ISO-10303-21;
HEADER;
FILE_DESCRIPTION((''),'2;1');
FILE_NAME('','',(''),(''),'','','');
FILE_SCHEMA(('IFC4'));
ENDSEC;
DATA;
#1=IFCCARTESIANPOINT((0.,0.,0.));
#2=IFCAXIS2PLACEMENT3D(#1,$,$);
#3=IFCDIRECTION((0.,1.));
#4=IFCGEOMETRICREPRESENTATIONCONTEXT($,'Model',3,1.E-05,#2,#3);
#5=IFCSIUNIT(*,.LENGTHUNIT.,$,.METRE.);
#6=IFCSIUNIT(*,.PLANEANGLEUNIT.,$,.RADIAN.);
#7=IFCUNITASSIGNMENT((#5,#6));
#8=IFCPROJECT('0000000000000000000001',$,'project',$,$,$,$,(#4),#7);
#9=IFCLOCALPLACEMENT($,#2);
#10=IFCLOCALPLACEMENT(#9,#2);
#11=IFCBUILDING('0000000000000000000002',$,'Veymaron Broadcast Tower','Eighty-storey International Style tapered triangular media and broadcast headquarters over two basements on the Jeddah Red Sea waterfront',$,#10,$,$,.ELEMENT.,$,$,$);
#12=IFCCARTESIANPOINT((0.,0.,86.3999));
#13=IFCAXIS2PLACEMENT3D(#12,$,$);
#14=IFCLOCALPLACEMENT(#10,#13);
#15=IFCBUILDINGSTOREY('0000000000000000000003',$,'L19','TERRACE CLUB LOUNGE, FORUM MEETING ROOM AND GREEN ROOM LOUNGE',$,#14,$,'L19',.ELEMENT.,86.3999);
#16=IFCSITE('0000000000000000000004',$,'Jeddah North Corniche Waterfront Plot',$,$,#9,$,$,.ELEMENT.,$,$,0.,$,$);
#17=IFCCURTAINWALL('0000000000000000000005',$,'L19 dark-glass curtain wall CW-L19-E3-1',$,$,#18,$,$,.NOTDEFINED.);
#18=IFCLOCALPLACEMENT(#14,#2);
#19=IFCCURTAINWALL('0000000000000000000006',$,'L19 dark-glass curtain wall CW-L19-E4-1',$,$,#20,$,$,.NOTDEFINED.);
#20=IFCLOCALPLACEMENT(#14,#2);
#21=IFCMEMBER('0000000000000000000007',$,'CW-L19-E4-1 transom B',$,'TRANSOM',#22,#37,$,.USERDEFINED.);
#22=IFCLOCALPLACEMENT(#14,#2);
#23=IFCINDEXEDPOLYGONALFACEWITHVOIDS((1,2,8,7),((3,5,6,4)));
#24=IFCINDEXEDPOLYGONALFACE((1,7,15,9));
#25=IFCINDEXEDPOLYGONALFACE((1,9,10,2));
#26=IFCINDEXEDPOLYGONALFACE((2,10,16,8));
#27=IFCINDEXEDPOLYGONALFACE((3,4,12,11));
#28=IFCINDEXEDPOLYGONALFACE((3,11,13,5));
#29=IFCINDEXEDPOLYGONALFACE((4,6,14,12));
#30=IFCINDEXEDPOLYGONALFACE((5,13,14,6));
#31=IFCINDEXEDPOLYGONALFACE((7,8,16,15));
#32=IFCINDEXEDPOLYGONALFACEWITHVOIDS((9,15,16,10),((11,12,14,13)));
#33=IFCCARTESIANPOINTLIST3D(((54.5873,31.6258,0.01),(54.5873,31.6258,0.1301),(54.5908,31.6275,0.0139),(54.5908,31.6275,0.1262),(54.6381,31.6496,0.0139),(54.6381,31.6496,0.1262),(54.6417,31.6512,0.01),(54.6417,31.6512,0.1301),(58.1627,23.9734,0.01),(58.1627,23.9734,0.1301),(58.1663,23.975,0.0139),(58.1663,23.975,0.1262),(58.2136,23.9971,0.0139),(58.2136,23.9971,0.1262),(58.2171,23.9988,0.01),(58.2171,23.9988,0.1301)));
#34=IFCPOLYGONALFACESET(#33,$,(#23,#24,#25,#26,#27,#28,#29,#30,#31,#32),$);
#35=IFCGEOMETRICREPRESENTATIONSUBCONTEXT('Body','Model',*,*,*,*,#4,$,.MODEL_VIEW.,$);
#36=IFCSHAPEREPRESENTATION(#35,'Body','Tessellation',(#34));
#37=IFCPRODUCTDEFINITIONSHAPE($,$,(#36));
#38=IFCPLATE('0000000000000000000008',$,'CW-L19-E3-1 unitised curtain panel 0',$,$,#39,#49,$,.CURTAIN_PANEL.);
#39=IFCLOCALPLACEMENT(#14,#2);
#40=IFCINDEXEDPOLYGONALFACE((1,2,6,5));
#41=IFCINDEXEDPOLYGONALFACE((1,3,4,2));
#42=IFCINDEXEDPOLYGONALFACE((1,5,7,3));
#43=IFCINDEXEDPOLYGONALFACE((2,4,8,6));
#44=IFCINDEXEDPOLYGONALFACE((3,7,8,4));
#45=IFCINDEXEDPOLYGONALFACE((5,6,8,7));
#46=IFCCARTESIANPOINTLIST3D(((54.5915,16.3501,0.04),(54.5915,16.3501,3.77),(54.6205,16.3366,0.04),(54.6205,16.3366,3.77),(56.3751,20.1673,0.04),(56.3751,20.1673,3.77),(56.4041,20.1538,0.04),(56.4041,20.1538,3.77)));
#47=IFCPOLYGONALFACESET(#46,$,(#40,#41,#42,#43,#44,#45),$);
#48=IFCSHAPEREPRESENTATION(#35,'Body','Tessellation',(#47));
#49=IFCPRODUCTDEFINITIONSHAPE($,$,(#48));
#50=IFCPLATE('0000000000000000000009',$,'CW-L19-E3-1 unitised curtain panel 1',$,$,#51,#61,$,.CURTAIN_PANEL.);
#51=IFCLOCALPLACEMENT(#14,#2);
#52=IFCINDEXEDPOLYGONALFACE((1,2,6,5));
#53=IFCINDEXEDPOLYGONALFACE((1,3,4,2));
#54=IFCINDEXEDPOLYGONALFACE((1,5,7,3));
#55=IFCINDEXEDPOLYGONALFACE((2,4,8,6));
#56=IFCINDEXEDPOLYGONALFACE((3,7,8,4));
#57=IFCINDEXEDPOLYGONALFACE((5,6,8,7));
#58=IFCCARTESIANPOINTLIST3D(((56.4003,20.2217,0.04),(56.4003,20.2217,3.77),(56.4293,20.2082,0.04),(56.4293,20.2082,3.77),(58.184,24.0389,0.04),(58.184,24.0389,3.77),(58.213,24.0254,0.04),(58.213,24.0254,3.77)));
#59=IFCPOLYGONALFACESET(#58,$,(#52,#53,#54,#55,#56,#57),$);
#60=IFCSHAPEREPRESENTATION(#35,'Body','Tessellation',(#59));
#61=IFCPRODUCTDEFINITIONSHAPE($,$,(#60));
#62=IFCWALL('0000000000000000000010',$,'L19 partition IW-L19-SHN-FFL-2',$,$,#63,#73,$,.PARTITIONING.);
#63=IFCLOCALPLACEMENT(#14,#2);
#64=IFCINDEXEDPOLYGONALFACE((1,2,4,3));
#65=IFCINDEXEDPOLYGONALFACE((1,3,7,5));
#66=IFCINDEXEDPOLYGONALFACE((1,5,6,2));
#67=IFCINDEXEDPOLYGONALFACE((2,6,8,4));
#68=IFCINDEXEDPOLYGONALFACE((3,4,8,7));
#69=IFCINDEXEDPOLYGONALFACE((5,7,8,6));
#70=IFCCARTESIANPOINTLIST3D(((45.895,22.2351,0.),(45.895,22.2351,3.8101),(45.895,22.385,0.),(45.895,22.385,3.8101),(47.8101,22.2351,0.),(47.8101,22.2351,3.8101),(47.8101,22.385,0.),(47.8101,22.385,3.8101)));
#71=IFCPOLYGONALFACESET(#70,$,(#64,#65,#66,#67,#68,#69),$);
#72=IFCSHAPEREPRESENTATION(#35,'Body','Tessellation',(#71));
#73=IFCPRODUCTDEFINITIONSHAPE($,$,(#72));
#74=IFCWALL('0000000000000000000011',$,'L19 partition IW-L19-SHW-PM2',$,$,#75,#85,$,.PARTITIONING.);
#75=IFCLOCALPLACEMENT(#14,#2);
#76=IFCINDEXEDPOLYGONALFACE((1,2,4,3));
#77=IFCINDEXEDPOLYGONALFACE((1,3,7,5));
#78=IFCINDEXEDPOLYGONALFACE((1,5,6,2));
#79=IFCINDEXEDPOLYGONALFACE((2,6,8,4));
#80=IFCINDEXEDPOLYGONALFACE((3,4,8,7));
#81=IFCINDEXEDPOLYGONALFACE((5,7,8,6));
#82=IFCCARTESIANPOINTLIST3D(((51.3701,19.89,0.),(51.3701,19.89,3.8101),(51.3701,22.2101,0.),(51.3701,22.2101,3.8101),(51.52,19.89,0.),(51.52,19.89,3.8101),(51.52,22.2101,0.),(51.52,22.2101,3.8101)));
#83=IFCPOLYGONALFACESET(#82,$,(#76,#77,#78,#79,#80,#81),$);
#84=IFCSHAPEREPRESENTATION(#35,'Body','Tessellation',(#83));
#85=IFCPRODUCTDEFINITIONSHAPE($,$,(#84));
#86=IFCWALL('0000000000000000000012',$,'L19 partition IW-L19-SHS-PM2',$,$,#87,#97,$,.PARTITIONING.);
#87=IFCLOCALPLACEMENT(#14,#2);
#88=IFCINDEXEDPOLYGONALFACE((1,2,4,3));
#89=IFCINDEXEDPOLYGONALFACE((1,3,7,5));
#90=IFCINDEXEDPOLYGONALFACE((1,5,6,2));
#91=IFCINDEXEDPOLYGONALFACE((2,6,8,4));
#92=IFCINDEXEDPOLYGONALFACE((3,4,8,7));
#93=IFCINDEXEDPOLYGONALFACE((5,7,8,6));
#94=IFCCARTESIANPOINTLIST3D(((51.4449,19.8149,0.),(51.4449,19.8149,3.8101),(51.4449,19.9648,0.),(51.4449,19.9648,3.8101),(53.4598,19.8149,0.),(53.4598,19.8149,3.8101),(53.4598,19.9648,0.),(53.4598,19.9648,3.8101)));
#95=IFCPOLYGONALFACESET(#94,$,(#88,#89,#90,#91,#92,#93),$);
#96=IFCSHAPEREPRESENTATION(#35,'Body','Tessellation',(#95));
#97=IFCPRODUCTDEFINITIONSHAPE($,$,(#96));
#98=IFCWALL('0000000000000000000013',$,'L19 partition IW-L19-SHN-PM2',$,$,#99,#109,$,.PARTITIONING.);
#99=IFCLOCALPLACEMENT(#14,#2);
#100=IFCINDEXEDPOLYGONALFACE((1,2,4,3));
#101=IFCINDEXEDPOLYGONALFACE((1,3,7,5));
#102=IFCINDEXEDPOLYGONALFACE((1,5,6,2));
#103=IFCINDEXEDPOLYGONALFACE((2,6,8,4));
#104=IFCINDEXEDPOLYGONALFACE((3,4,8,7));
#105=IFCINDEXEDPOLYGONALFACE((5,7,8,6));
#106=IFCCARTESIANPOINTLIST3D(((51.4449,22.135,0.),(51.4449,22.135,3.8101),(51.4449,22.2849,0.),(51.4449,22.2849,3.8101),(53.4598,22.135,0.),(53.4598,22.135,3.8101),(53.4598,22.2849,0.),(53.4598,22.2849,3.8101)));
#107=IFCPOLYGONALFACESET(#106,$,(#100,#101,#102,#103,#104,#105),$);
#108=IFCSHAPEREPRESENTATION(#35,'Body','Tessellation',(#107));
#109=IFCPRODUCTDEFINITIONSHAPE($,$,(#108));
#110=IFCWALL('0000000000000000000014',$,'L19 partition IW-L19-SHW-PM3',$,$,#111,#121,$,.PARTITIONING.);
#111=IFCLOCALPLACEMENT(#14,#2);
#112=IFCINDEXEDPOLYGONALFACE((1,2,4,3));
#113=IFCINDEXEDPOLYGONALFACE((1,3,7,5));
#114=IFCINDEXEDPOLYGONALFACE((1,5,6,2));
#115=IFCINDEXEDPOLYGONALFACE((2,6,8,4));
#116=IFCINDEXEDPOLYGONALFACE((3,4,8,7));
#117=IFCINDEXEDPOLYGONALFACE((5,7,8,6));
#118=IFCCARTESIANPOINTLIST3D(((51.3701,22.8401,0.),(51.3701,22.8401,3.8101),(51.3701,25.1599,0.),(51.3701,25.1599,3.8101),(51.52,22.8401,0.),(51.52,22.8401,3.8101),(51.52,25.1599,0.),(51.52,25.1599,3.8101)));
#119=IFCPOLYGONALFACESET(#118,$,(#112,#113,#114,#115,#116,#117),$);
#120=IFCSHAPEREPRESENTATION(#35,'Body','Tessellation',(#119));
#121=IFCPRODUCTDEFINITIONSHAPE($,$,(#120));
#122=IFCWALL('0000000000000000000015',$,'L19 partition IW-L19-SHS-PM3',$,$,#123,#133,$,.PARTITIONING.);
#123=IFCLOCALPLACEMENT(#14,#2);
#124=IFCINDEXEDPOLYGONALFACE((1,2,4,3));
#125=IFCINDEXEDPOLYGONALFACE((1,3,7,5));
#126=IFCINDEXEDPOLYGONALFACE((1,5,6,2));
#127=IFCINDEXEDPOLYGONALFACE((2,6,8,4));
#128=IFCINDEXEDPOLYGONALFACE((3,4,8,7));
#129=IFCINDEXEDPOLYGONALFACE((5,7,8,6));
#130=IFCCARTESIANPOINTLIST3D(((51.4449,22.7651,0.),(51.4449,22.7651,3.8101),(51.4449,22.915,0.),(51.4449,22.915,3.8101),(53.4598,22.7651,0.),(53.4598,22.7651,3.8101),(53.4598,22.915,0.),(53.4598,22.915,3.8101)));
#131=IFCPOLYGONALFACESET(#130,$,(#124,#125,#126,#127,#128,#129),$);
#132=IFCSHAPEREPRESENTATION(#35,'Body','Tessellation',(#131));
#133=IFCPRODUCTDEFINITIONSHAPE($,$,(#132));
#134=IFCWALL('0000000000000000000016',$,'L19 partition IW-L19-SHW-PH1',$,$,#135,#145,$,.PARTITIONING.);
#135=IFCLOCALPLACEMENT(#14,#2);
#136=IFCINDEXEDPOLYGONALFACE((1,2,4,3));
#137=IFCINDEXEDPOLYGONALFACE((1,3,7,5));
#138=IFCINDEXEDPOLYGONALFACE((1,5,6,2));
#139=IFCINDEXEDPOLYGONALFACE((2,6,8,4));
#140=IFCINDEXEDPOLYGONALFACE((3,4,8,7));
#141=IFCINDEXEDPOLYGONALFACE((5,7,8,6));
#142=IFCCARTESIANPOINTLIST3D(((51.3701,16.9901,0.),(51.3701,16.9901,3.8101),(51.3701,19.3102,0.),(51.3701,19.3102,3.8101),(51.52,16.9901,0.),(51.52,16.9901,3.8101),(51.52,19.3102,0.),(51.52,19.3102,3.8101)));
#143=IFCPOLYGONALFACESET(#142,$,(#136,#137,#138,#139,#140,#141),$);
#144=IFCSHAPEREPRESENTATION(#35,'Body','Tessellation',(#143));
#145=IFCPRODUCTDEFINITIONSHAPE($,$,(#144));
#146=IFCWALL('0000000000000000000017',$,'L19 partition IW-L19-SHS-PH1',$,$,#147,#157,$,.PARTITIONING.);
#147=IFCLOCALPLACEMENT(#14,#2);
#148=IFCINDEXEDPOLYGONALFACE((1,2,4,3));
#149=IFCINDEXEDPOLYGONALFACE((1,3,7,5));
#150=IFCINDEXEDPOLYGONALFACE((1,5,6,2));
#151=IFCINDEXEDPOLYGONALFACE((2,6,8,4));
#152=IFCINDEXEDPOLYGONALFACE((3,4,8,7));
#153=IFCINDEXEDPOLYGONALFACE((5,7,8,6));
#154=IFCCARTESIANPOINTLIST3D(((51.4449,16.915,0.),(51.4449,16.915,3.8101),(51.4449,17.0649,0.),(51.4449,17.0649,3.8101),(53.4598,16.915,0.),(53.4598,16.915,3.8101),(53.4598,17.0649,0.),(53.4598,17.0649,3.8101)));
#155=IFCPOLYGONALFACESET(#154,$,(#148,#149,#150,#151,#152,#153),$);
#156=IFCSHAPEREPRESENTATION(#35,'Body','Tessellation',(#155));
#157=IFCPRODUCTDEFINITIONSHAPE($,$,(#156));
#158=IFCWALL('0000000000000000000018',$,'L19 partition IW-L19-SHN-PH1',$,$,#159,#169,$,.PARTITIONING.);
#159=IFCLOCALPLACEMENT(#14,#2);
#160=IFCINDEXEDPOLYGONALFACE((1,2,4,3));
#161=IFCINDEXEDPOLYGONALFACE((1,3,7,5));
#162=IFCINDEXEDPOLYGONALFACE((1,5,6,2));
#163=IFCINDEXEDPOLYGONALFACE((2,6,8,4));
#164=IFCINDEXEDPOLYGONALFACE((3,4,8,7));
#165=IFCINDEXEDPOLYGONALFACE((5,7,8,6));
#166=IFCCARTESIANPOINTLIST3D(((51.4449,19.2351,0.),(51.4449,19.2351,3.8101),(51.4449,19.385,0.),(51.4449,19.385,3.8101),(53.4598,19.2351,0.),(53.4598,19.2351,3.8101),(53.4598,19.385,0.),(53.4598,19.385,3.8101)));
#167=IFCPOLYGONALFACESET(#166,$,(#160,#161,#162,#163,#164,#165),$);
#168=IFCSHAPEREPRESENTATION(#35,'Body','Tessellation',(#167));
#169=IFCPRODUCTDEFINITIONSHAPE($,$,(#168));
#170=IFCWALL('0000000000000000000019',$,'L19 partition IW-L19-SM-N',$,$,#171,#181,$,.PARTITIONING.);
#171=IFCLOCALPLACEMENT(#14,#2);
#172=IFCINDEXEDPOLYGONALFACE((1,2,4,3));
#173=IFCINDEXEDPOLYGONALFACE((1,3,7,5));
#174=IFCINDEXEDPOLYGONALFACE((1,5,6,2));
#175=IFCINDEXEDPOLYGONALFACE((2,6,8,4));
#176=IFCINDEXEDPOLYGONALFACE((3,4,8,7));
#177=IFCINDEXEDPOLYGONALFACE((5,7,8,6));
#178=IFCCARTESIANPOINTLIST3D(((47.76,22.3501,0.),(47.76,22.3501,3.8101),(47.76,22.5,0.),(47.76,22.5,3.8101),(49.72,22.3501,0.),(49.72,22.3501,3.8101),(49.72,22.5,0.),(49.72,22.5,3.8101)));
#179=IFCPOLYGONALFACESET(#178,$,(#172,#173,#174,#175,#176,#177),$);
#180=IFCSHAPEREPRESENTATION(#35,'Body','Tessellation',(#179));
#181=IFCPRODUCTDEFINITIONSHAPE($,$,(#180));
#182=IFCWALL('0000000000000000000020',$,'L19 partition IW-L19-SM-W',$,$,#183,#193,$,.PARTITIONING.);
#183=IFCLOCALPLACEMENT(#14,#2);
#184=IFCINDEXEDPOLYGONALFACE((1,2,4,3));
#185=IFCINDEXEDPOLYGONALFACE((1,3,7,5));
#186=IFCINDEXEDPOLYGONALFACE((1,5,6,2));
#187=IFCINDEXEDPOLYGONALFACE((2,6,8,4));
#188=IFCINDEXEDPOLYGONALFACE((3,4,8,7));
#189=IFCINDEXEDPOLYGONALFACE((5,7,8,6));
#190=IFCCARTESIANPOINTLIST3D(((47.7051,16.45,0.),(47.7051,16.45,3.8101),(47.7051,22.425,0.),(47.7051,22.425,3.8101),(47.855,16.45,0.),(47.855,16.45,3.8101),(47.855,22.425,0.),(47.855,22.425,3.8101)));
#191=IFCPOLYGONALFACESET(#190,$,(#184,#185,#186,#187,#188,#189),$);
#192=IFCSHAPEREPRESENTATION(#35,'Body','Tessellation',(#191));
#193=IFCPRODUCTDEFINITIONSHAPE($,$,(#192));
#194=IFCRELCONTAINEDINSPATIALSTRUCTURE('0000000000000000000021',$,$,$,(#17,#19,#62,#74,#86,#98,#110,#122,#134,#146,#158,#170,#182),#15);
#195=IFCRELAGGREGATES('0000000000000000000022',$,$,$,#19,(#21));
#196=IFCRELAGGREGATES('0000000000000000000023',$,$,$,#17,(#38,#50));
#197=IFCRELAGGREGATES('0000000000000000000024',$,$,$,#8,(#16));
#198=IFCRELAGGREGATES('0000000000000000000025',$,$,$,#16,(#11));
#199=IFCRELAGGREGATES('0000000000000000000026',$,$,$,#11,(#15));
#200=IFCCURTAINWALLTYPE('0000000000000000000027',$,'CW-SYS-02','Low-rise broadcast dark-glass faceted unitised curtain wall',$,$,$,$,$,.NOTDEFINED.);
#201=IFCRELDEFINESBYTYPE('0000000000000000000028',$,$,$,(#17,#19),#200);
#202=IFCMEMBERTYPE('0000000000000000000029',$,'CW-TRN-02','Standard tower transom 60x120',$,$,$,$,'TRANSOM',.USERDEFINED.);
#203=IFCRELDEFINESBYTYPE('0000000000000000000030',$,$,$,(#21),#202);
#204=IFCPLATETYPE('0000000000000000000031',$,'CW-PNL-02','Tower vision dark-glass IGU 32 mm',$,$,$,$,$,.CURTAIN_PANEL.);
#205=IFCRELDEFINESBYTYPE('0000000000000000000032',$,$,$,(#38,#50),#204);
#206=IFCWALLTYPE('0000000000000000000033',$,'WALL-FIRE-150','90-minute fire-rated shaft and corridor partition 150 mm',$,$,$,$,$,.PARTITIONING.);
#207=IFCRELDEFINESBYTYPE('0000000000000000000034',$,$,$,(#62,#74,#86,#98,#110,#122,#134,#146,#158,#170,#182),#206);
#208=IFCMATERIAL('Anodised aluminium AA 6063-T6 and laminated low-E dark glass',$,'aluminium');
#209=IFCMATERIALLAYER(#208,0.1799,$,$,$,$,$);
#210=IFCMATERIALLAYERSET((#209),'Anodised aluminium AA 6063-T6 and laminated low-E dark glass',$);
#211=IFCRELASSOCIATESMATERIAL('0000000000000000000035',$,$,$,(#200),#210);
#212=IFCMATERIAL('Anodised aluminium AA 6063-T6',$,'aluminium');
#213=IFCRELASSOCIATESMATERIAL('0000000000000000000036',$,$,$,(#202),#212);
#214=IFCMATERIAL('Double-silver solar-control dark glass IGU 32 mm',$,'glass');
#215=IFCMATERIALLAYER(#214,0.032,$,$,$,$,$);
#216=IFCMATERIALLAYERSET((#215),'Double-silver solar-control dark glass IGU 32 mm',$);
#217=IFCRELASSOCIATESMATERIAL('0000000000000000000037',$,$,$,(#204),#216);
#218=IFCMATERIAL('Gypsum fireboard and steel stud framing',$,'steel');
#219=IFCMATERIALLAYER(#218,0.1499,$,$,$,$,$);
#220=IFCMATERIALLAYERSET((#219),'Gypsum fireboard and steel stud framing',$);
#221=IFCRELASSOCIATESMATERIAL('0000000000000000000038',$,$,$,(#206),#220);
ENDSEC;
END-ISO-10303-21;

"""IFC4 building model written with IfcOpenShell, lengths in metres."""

from ifc_helpers import new_model, si_unit, direction, frame, frame_2d, origin, origin_2d, place, context, subcontext, project, spatial, rectangle, hollow_rectangle, extrude, material, layer, layer_set, material_profile, profile_set, type_object, element, aggregate, save


model = new_model("IFC4")

# Units and contexts
model_context = context("Model", 3, precision=1e-05, world=origin(), true_north=direction((0.0, 1.0)))
body_context = subcontext(model_context, "Body", "Model", "MODEL_VIEW")
ifc_project = project(units=[si_unit("LENGTHUNIT", "METRE"), si_unit("PLANEANGLEUNIT", "RADIAN")], contexts=[model_context])

# Site, building, storey
site_placement = place(None, origin())
site = spatial("IfcSite", under=ifc_project, at=site_placement, Name="Jeddah North Corniche Waterfront Plot", CompositionType="ELEMENT", RefElevation=0.0)
building_placement = place(site_placement, origin())
building = spatial("IfcBuilding", under=site, at=building_placement, Name="Veymaron Broadcast Tower", Description="Eighty-storey International Style tapered triangular media and broadcast headquarters over two basements on the Jeddah Red Sea waterfront", CompositionType="ELEMENT")
storey_placement = place(building_placement, frame((0.0, 0.0, 86.3999)))
storey = spatial("IfcBuildingStorey", under=building, at=storey_placement, Name="L19", Description="TERRACE CLUB LOUNGE, FORUM MEETING ROOM AND GREEN ROOM LOUNGE", LongName="L19", CompositionType="ELEMENT", Elevation=86.3999)

# Shared definitions
ifc_material_1 = material(Name="Anodised aluminium AA 6063-T6 and laminated low-E dark glass", Category="aluminium")
ifc_layer_1 = layer(ifc_material_1, 0.1799)
ifc_layer_set_1 = layer_set([ifc_layer_1], Name="Anodised aluminium AA 6063-T6 and laminated low-E dark glass")
curtain_wall_type = type_object("IfcCurtainWallType", Name="CW-SYS-02", Description="Low-rise broadcast dark-glass faceted unitised curtain wall", PredefinedType="NOTDEFINED", material=ifc_layer_set_1)
ifc_material_2 = material(Name="Anodised aluminium AA 6063-T6", Category="aluminium")

# Curtain wall
curtain_wall_1_placement = place(storey_placement, origin())
curtain_wall_1 = element("IfcCurtainWall", 1, at=curtain_wall_1_placement, inside=storey, type_object=curtain_wall_type, Name="L19 dark-glass curtain wall CW-L19-E3-1", PredefinedType="NOTDEFINED")

# Curtain wall
curtain_wall_2_placement = place(storey_placement, origin())
curtain_wall_2 = element("IfcCurtainWall", 2, at=curtain_wall_2_placement, inside=storey, type_object=curtain_wall_type, Name="L19 dark-glass curtain wall CW-L19-E4-1", PredefinedType="NOTDEFINED")

# Member
ifc_material_profile_1 = material_profile(ifc_material_2, hollow_rectangle(XDim=0.0601, YDim=0.1201, WallThickness=0.0039, at=origin_2d()), Name="AL120X60X4")
ifc_profile_set_1 = profile_set([ifc_material_profile_1], Name="Anodised aluminium AA 6063-T6")
member_type_1 = type_object("IfcMemberType", Name="CW-TRN-02", Description="Standard tower transom 60x120", ElementType="TRANSOM", PredefinedType="USERDEFINED", material=ifc_profile_set_1)
member_1_placement = place(storey_placement, frame((58.1899, 23.9861, 0.0701), z_axis=(-0.423308, 0.905986, 0.0), x_axis=(-0.905986, -0.423308, 0.0)))
member_1 = element("IfcMember", 3, at=member_1_placement, type_object=member_type_1, Name="CW-L19-E4-1 transom B", ObjectType="TRANSOM", PredefinedType="USERDEFINED", context=body_context, shape_type="SweptSolid", body=[
    extrude(hollow_rectangle(XDim=0.0601, YDim=0.1201, WallThickness=0.0039, at=origin_2d()), origin(), (0.0, 0.0, 1.0), 8.4465),
])
aggregate(curtain_wall_2, [member_1])

# Plates
ifc_material_3 = material(Name="Double-silver solar-control dark glass IGU 32 mm", Category="glass")
ifc_layer_2 = layer(ifc_material_3, 0.032)
ifc_layer_set_2 = layer_set([ifc_layer_2], Name="Double-silver solar-control dark glass IGU 32 mm")
plate_type = type_object("IfcPlateType", Name="CW-PNL-02", Description="Tower vision dark-glass IGU 32 mm", PredefinedType="CURTAIN_PANEL", material=ifc_layer_set_2)
plate_1_placement = place(storey_placement, frame((55.4978, 18.252, 0.04), z_axis=(0.0, 0.0, 1.0), x_axis=(0.42333, 0.905976, 0.0)))
plate_1 = element("IfcPlate", 4, at=plate_1_placement, type_object=plate_type, Name="CW-L19-E3-1 unitised curtain panel 0", PredefinedType="CURTAIN_PANEL", context=body_context, shape_type="SweptSolid", body=[
    extrude(rectangle(XDim=4.2134, YDim=0.032, at=origin_2d()), origin(), (0.0, 0.0, 1.0), 3.73),
])
plate_2_placement = place(storey_placement, frame((57.3066, 22.1235, 0.04), z_axis=(0.0, 0.0, 1.0), x_axis=(0.42333, 0.905976, 0.0)))
plate_2 = element("IfcPlate", 5, at=plate_2_placement, type_object=plate_type, Name="CW-L19-E3-1 unitised curtain panel 1", PredefinedType="CURTAIN_PANEL", context=body_context, shape_type="SweptSolid", body=[
    extrude(rectangle(XDim=4.2134, YDim=0.032, at=origin_2d()), origin(), (0.0, 0.0, 1.0), 3.73),
])
aggregate(curtain_wall_1, [plate_1, plate_2])

# Shared definitions
ifc_material_4 = material(Name="Gypsum fireboard and steel stud framing", Category="steel")
ifc_layer_3 = layer(ifc_material_4, 0.1499)
ifc_layer_set_3 = layer_set([ifc_layer_3], Name="Gypsum fireboard and steel stud framing")
wall_type_1 = type_object("IfcWallType", Name="WALL-FIRE-150", Description="90-minute fire-rated shaft and corridor partition 150 mm", PredefinedType="PARTITIONING", material=ifc_layer_set_3)

# Walls
wall_1_placement = place(storey_placement, frame((45.895, 22.3101, 0.0), z_axis=(0.0, 0.0, 1.0), x_axis=(1.0, 0.0, 0.0)))
element("IfcWall", 6, at=wall_1_placement, inside=storey, type_object=wall_type_1, Name="L19 partition IW-L19-SHN-FFL-2", PredefinedType="PARTITIONING", context=body_context, shape_type="SweptSolid", body=[
    extrude(rectangle(XDim=1.915, YDim=0.1499, at=frame_2d((0.9575, 0.0))), origin(), (0.0, 0.0, 1.0), 3.8101),
])
wall_2_placement = place(storey_placement, frame((51.4451, 19.8899, 0.0), z_axis=(0.0, 0.0, 1.0), x_axis=(0.0, 1.0, 0.0)))
element("IfcWall", 7, at=wall_2_placement, inside=storey, type_object=wall_type_1, Name="L19 partition IW-L19-SHW-PM2", PredefinedType="PARTITIONING", context=body_context, shape_type="SweptSolid", body=[
    extrude(rectangle(XDim=2.3201, YDim=0.1499, at=frame_2d((1.1602, 0.0))), origin(), (0.0, 0.0, 1.0), 3.8101),
])
for number, where, z_axis, x_axis, name in (
    (8, (51.4451, 19.8899, 0.0), (0.0, 0.0, 1.0), (1.0, 0.0, 0.0), "L19 partition IW-L19-SHS-PM2"),
    (9, (51.4451, 22.21, 0.0), (0.0, 0.0, 1.0), (1.0, 0.0, 0.0), "L19 partition IW-L19-SHN-PM2"),
):
    element("IfcWall", number, at=place(storey_placement, frame(where, z_axis=z_axis, x_axis=x_axis)), inside=storey, type_object=wall_type_1, Name=name, PredefinedType="PARTITIONING", context=body_context, shape_type="SweptSolid", body=[
        extrude(rectangle(XDim=2.0149, YDim=0.1499, at=frame_2d((1.0073, 0.0))), origin(), (0.0, 0.0, 1.0), 3.8101),
    ])
wall_3_placement = place(storey_placement, frame((51.4451, 22.8401, 0.0), z_axis=(0.0, 0.0, 1.0), x_axis=(0.0, 1.0, 0.0)))
element("IfcWall", 10, at=wall_3_placement, inside=storey, type_object=wall_type_1, Name="L19 partition IW-L19-SHW-PM3", PredefinedType="PARTITIONING", context=body_context, shape_type="SweptSolid", body=[
    extrude(rectangle(XDim=2.3198, YDim=0.1499, at=frame_2d((1.1599, 0.0))), origin(), (0.0, 0.0, 1.0), 3.8101),
])
wall_4_placement = place(storey_placement, frame((51.4451, 22.8401, 0.0), z_axis=(0.0, 0.0, 1.0), x_axis=(1.0, 0.0, 0.0)))
element("IfcWall", 11, at=wall_4_placement, inside=storey, type_object=wall_type_1, Name="L19 partition IW-L19-SHS-PM3", PredefinedType="PARTITIONING", context=body_context, shape_type="SweptSolid", body=[
    extrude(rectangle(XDim=2.0149, YDim=0.1499, at=frame_2d((1.0073, 0.0))), origin(), (0.0, 0.0, 1.0), 3.8101),
])
wall_5_placement = place(storey_placement, frame((51.4451, 16.99, 0.0), z_axis=(0.0, 0.0, 1.0), x_axis=(0.0, 1.0, 0.0)))
element("IfcWall", 12, at=wall_5_placement, inside=storey, type_object=wall_type_1, Name="L19 partition IW-L19-SHW-PH1", PredefinedType="PARTITIONING", context=body_context, shape_type="SweptSolid", body=[
    extrude(rectangle(XDim=2.3201, YDim=0.1499, at=frame_2d((1.1602, 0.0))), origin(), (0.0, 0.0, 1.0), 3.8101),
])
for number, where, z_axis, x_axis, name in (
    (13, (51.4451, 16.99, 0.0), (0.0, 0.0, 1.0), (1.0, 0.0, 0.0), "L19 partition IW-L19-SHS-PH1"),
    (14, (51.4451, 19.3101, 0.0), (0.0, 0.0, 1.0), (1.0, 0.0, 0.0), "L19 partition IW-L19-SHN-PH1"),
):
    element("IfcWall", number, at=place(storey_placement, frame(where, z_axis=z_axis, x_axis=x_axis)), inside=storey, type_object=wall_type_1, Name=name, PredefinedType="PARTITIONING", context=body_context, shape_type="SweptSolid", body=[
        extrude(rectangle(XDim=2.0149, YDim=0.1499, at=frame_2d((1.0073, 0.0))), origin(), (0.0, 0.0, 1.0), 3.8101),
    ])

# Walls
wall_6_placement = place(storey_placement, frame((47.76, 22.425, 0.0), z_axis=(0.0, 0.0, 1.0), x_axis=(1.0, 0.0, 0.0)))
element("IfcWall", 15, at=wall_6_placement, inside=storey, type_object=wall_type_1, Name="L19 partition IW-L19-SM-N", PredefinedType="PARTITIONING", context=body_context, shape_type="SweptSolid", body=[
    extrude(rectangle(XDim=1.96, YDim=0.1499, at=frame_2d((0.98, 0.0))), origin(), (0.0, 0.0, 1.0), 3.8101),
])
wall_7_placement = place(storey_placement, frame((47.78, 16.45, 0.0), z_axis=(0.0, 0.0, 1.0), x_axis=(0.0, 1.0, 0.0)))
element("IfcWall", 16, at=wall_7_placement, inside=storey, type_object=wall_type_1, Name="L19 partition IW-L19-SM-W", PredefinedType="PARTITIONING", context=body_context, shape_type="SweptSolid", body=[
    extrude(rectangle(XDim=5.9751, YDim=0.1499, at=frame_2d((2.9875, 0.0))), origin(), (0.0, 0.0, 1.0), 3.8101),
])

save(model, "model.ifc")
